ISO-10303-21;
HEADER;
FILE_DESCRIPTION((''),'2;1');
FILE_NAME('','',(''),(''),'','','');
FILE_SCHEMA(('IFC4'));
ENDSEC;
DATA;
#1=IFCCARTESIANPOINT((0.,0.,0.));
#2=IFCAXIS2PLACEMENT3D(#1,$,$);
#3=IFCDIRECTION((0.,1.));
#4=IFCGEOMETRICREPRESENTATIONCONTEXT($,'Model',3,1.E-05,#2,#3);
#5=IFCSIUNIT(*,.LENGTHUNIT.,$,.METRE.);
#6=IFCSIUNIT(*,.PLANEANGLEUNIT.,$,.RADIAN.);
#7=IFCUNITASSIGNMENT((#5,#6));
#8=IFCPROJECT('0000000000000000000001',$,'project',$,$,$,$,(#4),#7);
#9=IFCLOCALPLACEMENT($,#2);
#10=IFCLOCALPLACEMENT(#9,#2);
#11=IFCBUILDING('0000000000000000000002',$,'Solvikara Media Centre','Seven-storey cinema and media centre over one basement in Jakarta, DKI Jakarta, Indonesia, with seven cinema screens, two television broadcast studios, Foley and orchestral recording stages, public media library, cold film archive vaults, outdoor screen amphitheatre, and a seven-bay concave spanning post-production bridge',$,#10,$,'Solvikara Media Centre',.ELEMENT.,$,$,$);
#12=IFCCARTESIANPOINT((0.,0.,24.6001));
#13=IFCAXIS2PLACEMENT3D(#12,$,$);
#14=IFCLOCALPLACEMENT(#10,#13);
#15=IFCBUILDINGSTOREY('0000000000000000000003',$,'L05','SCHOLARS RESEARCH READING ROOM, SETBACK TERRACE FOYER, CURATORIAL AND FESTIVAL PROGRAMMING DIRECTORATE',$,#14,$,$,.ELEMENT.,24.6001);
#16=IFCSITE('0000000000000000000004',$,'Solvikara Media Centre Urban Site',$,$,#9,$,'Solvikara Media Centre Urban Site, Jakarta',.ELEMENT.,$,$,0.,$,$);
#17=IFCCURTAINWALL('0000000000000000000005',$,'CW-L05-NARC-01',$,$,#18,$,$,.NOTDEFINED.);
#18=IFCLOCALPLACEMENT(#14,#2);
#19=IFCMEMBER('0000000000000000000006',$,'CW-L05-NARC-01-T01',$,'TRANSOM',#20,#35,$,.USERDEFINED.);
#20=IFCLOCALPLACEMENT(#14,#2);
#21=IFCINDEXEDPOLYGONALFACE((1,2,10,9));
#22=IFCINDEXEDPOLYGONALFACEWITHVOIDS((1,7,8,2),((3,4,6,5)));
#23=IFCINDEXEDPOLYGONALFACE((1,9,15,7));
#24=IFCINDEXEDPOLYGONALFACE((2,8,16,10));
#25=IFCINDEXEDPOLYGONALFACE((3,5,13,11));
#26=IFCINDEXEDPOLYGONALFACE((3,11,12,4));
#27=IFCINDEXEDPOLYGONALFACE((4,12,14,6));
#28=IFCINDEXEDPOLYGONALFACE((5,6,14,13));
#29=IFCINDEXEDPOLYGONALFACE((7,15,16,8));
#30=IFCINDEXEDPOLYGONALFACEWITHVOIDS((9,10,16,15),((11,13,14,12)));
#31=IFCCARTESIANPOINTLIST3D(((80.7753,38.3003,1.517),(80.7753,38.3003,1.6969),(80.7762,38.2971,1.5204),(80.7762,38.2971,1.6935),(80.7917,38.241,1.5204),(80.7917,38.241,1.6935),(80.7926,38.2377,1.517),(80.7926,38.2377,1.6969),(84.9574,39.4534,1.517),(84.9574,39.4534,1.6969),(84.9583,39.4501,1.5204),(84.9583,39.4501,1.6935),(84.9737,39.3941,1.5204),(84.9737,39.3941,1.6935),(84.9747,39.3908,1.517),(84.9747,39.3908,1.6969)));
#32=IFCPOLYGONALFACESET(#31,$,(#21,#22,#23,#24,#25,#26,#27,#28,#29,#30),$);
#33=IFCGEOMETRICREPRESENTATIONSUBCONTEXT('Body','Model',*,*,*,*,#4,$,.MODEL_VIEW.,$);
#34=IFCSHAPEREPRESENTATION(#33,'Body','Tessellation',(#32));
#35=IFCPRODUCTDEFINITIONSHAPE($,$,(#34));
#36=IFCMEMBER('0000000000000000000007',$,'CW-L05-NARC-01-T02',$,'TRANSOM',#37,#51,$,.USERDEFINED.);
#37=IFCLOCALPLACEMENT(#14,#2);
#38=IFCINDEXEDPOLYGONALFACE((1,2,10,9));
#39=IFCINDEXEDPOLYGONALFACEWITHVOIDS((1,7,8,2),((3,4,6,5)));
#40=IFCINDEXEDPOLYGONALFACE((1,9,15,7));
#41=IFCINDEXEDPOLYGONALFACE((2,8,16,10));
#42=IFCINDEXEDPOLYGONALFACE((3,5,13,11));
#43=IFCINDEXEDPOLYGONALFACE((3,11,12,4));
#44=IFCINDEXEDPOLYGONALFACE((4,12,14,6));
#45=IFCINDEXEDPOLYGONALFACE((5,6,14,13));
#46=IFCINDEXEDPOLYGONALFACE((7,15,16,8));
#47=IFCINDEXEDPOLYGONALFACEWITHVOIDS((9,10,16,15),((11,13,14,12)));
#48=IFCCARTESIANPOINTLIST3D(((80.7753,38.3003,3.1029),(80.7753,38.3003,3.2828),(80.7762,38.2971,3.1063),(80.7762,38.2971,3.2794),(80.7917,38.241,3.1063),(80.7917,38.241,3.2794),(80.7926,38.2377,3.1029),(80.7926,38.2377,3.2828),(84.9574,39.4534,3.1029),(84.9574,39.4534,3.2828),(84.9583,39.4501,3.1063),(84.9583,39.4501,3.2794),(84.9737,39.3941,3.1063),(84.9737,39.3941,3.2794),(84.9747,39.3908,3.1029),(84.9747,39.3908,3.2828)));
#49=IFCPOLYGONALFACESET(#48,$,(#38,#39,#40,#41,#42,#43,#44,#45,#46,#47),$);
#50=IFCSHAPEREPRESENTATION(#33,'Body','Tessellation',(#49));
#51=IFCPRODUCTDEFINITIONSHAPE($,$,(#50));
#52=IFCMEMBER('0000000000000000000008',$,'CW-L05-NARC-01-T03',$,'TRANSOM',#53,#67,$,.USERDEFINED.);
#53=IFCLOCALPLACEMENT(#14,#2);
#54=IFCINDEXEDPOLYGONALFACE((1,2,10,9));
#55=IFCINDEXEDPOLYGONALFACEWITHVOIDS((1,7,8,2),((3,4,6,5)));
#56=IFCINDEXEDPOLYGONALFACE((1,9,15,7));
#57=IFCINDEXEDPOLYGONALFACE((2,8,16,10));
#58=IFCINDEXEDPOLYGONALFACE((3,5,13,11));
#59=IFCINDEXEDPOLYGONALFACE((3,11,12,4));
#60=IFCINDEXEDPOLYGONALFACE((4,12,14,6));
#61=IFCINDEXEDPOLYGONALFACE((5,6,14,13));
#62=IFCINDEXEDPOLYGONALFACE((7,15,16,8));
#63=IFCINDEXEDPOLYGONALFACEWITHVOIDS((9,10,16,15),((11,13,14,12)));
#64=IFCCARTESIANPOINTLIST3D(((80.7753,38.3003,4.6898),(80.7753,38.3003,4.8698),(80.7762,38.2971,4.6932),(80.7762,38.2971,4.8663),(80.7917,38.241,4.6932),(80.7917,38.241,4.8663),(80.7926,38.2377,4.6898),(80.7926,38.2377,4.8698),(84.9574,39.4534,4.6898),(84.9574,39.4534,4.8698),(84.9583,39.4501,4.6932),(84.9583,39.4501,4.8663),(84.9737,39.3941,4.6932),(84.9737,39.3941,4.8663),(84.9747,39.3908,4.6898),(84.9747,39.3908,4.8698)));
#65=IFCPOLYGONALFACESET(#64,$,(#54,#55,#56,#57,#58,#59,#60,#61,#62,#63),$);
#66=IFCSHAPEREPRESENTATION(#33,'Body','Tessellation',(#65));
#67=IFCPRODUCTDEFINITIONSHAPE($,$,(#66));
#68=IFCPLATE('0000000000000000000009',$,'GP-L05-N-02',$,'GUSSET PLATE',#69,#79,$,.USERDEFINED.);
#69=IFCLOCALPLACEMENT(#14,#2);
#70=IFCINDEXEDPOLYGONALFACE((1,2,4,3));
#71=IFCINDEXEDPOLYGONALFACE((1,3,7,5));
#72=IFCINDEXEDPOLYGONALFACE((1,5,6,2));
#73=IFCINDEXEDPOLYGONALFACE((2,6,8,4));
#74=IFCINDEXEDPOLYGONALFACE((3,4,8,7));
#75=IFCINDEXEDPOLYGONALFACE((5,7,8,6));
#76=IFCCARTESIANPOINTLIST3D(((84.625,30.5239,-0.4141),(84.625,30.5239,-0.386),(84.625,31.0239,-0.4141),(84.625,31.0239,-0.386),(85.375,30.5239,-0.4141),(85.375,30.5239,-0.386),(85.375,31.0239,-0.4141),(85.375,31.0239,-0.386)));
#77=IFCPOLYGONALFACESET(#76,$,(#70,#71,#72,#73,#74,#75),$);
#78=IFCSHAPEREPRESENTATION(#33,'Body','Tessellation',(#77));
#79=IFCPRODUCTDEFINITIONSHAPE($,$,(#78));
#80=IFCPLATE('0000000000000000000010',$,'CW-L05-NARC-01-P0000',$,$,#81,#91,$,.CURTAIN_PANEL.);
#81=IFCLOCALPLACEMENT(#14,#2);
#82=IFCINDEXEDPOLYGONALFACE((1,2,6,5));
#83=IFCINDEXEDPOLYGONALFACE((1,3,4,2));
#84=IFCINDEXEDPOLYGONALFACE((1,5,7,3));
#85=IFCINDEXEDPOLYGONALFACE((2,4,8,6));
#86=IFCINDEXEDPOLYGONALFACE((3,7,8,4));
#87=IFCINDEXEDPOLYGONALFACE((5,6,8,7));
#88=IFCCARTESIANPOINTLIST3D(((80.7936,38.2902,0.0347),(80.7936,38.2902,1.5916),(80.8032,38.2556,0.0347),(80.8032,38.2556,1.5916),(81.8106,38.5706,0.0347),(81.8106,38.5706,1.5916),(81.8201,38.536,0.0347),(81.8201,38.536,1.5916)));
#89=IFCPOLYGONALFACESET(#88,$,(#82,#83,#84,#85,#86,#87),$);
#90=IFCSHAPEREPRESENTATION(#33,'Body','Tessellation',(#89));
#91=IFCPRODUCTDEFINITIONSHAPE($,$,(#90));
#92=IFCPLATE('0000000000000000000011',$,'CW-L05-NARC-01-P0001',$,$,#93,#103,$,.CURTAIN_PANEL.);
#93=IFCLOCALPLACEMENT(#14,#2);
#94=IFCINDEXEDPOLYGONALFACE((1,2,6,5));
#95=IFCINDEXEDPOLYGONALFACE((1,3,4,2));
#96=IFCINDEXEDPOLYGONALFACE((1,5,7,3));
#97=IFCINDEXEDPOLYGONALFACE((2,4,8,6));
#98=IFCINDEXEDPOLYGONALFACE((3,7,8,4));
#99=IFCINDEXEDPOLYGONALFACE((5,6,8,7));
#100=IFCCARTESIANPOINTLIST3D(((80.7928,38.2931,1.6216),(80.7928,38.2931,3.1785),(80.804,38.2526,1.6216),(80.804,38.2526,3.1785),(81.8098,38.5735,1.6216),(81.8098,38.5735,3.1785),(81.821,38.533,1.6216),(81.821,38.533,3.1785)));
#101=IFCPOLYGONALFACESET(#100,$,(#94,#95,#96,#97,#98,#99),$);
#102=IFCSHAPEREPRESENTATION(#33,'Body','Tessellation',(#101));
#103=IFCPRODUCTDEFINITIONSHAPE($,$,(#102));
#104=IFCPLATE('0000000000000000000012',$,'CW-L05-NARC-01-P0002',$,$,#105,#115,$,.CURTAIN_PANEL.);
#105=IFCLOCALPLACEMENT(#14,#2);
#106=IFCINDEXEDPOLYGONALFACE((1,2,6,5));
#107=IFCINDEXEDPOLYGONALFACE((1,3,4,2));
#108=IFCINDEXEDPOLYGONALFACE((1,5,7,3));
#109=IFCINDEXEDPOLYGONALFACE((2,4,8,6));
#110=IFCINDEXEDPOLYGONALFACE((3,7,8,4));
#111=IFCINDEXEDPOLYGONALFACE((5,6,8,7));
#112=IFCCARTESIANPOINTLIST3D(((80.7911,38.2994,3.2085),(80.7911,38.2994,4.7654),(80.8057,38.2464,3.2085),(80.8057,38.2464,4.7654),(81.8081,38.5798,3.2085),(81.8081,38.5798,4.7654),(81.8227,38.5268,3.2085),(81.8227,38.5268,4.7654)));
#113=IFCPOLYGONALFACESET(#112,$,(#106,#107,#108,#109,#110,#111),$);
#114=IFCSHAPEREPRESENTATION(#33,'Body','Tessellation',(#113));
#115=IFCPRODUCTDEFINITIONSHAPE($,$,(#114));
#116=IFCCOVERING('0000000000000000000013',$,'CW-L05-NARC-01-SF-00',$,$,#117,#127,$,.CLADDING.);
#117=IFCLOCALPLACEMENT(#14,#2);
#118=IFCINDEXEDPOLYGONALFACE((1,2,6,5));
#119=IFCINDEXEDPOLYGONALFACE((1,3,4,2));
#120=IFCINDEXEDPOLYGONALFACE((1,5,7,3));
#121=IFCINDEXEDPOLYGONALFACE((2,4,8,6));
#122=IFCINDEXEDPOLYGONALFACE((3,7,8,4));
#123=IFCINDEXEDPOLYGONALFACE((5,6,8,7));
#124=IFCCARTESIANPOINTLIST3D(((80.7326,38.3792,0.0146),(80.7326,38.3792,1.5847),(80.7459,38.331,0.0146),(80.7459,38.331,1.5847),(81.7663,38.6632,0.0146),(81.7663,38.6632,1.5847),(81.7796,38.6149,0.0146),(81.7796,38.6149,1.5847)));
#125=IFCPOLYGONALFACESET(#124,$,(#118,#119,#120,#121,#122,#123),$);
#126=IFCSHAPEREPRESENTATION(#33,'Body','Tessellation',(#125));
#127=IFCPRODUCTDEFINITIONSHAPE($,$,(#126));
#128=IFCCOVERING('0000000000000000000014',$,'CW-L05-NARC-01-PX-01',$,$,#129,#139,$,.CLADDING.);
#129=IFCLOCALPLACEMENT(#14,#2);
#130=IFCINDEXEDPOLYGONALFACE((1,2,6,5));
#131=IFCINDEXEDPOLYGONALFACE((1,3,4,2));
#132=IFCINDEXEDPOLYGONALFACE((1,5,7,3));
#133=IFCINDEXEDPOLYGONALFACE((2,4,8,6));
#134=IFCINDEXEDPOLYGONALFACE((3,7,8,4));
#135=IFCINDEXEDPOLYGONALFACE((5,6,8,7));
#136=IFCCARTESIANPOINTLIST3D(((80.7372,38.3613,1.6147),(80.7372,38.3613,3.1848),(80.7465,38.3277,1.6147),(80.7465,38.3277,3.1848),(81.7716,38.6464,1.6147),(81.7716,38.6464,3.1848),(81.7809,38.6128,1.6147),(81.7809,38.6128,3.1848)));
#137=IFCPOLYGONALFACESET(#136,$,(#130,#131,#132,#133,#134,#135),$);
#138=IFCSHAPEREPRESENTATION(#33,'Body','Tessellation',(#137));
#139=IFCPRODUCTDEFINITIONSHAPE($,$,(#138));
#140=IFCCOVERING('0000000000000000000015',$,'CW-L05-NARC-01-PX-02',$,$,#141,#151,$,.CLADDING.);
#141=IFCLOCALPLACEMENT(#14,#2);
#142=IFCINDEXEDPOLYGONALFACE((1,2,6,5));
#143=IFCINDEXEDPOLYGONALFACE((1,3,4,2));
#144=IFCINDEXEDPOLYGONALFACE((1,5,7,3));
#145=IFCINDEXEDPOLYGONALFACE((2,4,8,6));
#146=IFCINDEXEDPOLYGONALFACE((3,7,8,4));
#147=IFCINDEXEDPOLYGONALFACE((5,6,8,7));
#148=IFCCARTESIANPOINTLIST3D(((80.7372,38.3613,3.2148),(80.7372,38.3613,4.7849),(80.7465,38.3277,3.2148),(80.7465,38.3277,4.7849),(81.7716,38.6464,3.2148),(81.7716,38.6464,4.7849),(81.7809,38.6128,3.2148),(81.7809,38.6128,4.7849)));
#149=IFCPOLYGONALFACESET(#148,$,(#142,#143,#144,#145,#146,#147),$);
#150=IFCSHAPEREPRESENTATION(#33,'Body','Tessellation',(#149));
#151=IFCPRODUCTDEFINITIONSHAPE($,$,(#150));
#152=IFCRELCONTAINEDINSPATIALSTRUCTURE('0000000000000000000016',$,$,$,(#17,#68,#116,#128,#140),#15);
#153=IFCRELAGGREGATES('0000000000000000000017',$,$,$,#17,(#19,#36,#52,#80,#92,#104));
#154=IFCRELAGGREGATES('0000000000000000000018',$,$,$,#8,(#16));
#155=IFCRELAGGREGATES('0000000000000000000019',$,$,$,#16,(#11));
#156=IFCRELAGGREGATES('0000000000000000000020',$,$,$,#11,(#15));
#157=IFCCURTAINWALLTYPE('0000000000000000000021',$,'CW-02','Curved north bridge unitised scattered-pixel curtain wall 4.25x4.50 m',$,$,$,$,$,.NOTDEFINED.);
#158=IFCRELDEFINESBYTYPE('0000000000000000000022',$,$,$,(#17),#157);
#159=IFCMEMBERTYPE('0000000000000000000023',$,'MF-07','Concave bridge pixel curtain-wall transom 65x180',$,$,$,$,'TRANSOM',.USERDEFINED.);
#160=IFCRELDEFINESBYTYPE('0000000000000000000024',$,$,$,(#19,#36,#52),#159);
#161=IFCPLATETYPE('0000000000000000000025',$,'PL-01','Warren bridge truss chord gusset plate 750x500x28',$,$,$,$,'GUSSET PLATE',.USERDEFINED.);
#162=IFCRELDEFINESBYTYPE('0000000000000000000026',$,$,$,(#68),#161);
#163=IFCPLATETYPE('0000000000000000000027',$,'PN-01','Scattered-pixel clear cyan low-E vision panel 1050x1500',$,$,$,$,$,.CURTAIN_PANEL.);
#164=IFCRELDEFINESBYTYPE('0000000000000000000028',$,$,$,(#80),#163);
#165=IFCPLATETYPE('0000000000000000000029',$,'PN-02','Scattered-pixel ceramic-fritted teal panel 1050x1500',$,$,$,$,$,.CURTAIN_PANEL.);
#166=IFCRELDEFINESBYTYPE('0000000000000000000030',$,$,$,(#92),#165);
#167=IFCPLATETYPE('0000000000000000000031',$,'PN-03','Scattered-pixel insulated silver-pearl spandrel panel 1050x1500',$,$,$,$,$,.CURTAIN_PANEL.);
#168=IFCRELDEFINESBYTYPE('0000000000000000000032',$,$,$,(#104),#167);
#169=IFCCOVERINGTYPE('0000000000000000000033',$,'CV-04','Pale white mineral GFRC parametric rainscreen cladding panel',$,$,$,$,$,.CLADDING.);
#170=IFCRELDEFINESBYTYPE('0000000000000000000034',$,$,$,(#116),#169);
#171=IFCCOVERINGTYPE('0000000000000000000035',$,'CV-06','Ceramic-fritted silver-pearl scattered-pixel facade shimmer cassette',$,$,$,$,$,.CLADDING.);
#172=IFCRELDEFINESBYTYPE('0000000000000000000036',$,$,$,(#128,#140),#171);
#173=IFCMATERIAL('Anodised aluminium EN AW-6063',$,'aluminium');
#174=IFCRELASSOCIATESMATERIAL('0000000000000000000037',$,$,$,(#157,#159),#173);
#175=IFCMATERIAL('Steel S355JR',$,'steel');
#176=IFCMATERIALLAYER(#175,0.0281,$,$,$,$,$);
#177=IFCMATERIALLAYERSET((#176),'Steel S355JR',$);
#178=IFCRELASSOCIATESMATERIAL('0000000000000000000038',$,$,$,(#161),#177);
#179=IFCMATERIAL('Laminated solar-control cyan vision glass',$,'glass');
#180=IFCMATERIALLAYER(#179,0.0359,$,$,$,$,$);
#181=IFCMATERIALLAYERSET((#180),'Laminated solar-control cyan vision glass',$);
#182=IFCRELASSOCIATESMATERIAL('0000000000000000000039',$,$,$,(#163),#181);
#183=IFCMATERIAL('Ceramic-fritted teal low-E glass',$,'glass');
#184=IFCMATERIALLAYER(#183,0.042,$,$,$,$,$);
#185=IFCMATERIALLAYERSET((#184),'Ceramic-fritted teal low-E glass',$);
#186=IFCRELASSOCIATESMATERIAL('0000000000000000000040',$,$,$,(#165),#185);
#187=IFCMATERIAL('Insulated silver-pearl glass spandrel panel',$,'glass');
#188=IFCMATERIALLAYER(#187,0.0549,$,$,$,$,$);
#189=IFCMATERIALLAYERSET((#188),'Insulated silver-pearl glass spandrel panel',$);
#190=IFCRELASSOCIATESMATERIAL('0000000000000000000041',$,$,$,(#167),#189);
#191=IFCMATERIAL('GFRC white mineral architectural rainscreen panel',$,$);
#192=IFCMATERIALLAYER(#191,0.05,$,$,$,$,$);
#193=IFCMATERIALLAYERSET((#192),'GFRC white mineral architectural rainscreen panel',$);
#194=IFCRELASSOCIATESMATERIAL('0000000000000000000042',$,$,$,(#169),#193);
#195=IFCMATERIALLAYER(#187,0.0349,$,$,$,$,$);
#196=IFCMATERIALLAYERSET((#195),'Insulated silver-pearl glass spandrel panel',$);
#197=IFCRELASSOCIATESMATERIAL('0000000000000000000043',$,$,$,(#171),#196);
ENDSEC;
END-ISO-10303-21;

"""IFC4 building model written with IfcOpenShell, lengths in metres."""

from ifc_helpers import new_model, si_unit, direction, frame, origin, origin_2d, place, context, subcontext, project, spatial, rectangle, hollow_rectangle, extrude, material, layer, layer_set, material_profile, profile_set, type_object, element, aggregate, save


model = new_model("IFC4")

# Units and contexts
model_context = context("Model", 3, precision=1e-05, world=origin(), true_north=direction((0.0, 1.0)))
body_context = subcontext(model_context, "Body", "Model", "MODEL_VIEW")
ifc_project = project(units=[si_unit("LENGTHUNIT", "METRE"), si_unit("PLANEANGLEUNIT", "RADIAN")], contexts=[model_context])

# Site, building, storey
site_placement = place(None, origin())
site = spatial("IfcSite", under=ifc_project, at=site_placement, Name="Solvikara Media Centre Urban Site", LongName="Solvikara Media Centre Urban Site, Jakarta", CompositionType="ELEMENT", RefElevation=0.0)
building_placement = place(site_placement, origin())
building = spatial("IfcBuilding", under=site, at=building_placement, Name="Solvikara Media Centre", Description="Seven-storey cinema and media centre over one basement in Jakarta, DKI Jakarta, Indonesia, with seven cinema screens, two television broadcast studios, Foley and orchestral recording stages, public media library, cold film archive vaults, outdoor screen amphitheatre, and a seven-bay concave spanning post-production bridge", LongName="Solvikara Media Centre", CompositionType="ELEMENT")
storey_placement = place(building_placement, frame((0.0, 0.0, 24.6001)))
storey = spatial("IfcBuildingStorey", under=building, at=storey_placement, Name="L05", Description="SCHOLARS RESEARCH READING ROOM, SETBACK TERRACE FOYER, CURATORIAL AND FESTIVAL PROGRAMMING DIRECTORATE", CompositionType="ELEMENT", Elevation=24.6001)

# Shared definitions
ifc_material_1 = material(Name="Steel S355JR", Category="steel")

# Curtain wall, members
ifc_material_2 = material(Name="Anodised aluminium EN AW-6063", Category="aluminium")
curtain_wall_type = type_object("IfcCurtainWallType", Name="CW-02", Description="Curved north bridge unitised scattered-pixel curtain wall 4.25x4.50 m", PredefinedType="NOTDEFINED", material=ifc_material_2)
curtain_wall_placement = place(storey_placement, origin())
curtain_wall = element("IfcCurtainWall", 1, at=curtain_wall_placement, inside=storey, type_object=curtain_wall_type, Name="CW-L05-NARC-01", PredefinedType="NOTDEFINED")
ifc_material_profile_1 = material_profile(ifc_material_2, hollow_rectangle(XDim=0.0649, YDim=0.1799, WallThickness=0.0034, at=origin_2d()), Name="ALU-T 65x180x3.5")
ifc_profile_set_1 = profile_set([ifc_material_profile_1], Name="Anodised aluminium EN AW-6063")
member_type_1 = type_object("IfcMemberType", Name="MF-07", Description="Concave bridge pixel curtain-wall transom 65x180", ElementType="TRANSOM", PredefinedType="USERDEFINED", material=ifc_profile_set_1)
member_1_placement = place(storey_placement, frame((80.7839, 38.269, 1.6069), z_axis=(0.964029, 0.265797, 0.0), x_axis=(-0.265797, 0.964029, 0.0)))
member_1 = element("IfcMember", 2, at=member_1_placement, type_object=member_type_1, Name="CW-L05-NARC-01-T01", ObjectType="TRANSOM", PredefinedType="USERDEFINED", context=body_context, shape_type="SweptSolid", body=[
    extrude(hollow_rectangle(XDim=0.0649, YDim=0.1799, WallThickness=0.0034, at=origin_2d()), origin(), (0.0, 0.0, 1.0), 4.3381),
])
member_2_placement = place(storey_placement, frame((80.7839, 38.269, 3.1929), z_axis=(0.964029, 0.265797, 0.0), x_axis=(-0.265797, 0.964029, 0.0)))
member_2 = element("IfcMember", 3, at=member_2_placement, type_object=member_type_1, Name="CW-L05-NARC-01-T02", ObjectType="TRANSOM", PredefinedType="USERDEFINED", context=body_context, shape_type="SweptSolid", body=[
    extrude(hollow_rectangle(XDim=0.0649, YDim=0.1799, WallThickness=0.0034, at=origin_2d()), origin(), (0.0, 0.0, 1.0), 4.3381),
])
member_3_placement = place(storey_placement, frame((80.7839, 38.269, 4.7798), z_axis=(0.964029, 0.265797, 0.0), x_axis=(-0.265797, 0.964029, 0.0)))
member_3 = element("IfcMember", 4, at=member_3_placement, type_object=member_type_1, Name="CW-L05-NARC-01-T03", ObjectType="TRANSOM", PredefinedType="USERDEFINED", context=body_context, shape_type="SweptSolid", body=[
    extrude(hollow_rectangle(XDim=0.0649, YDim=0.1799, WallThickness=0.0034, at=origin_2d()), origin(), (0.0, 0.0, 1.0), 4.3381),
])

# Plates
ifc_layer_1 = layer(ifc_material_1, 0.0281)
ifc_layer_set_1 = layer_set([ifc_layer_1], Name="Steel S355JR")
plate_type_1 = type_object("IfcPlateType", Name="PL-01", Description="Warren bridge truss chord gusset plate 750x500x28", ElementType="GUSSET PLATE", PredefinedType="USERDEFINED", material=ifc_layer_set_1)
plate_1_placement = place(storey_placement, frame((85.0, 30.7739, -0.4141), z_axis=(0.0, 0.0, 1.0), x_axis=(1.0, 0.0, 0.0)))
element("IfcPlate", 5, at=plate_1_placement, inside=storey, type_object=plate_type_1, Name="GP-L05-N-02", ObjectType="GUSSET PLATE", PredefinedType="USERDEFINED", context=body_context, shape_type="SweptSolid", body=[
    extrude(rectangle(XDim=0.75, YDim=0.5, at=origin_2d()), origin(), (0.0, 0.0, 1.0), 0.0281),
])
ifc_material_3 = material(Name="Laminated solar-control cyan vision glass", Category="glass")
ifc_layer_2 = layer(ifc_material_3, 0.0359)
ifc_layer_set_2 = layer_set([ifc_layer_2], Name="Laminated solar-control cyan vision glass")
plate_type_2 = type_object("IfcPlateType", Name="PN-01", Description="Scattered-pixel clear cyan low-E vision panel 1050x1500", PredefinedType="CURTAIN_PANEL", material=ifc_layer_set_2)
plate_2_placement = place(storey_placement, frame((81.3069, 38.4131, 0.0347), z_axis=(0.0, 0.0, 1.0), x_axis=(0.96403, 0.265792, 0.0)))
plate_2 = element("IfcPlate", 6, at=plate_2_placement, type_object=plate_type_2, Name="CW-L05-NARC-01-P0000", PredefinedType="CURTAIN_PANEL", context=body_context, shape_type="SweptSolid", body=[
    extrude(rectangle(XDim=1.0549, YDim=0.0359, at=origin_2d()), origin(), (0.0, 0.0, 1.0), 1.5569),
])
ifc_material_4 = material(Name="Ceramic-fritted teal low-E glass", Category="glass")
ifc_layer_3 = layer(ifc_material_4, 0.042)
ifc_layer_set_3 = layer_set([ifc_layer_3], Name="Ceramic-fritted teal low-E glass")
plate_type_3 = type_object("IfcPlateType", Name="PN-02", Description="Scattered-pixel ceramic-fritted teal panel 1050x1500", PredefinedType="CURTAIN_PANEL", material=ifc_layer_set_3)
plate_3_placement = place(storey_placement, frame((81.3069, 38.4131, 1.6216), z_axis=(0.0, 0.0, 1.0), x_axis=(0.96403, 0.265792, 0.0)))
plate_3 = element("IfcPlate", 7, at=plate_3_placement, type_object=plate_type_3, Name="CW-L05-NARC-01-P0001", PredefinedType="CURTAIN_PANEL", context=body_context, shape_type="SweptSolid", body=[
    extrude(rectangle(XDim=1.0549, YDim=0.042, at=origin_2d()), origin(), (0.0, 0.0, 1.0), 1.5569),
])
ifc_material_5 = material(Name="Insulated silver-pearl glass spandrel panel", Category="glass")
ifc_layer_4 = layer(ifc_material_5, 0.0549)
ifc_layer_set_4 = layer_set([ifc_layer_4], Name="Insulated silver-pearl glass spandrel panel")
plate_type_4 = type_object("IfcPlateType", Name="PN-03", Description="Scattered-pixel insulated silver-pearl spandrel panel 1050x1500", PredefinedType="CURTAIN_PANEL", material=ifc_layer_set_4)
plate_4_placement = place(storey_placement, frame((81.3069, 38.4131, 3.2085), z_axis=(0.0, 0.0, 1.0), x_axis=(0.96403, 0.265792, 0.0)))
plate_4 = element("IfcPlate", 8, at=plate_4_placement, type_object=plate_type_4, Name="CW-L05-NARC-01-P0002", PredefinedType="CURTAIN_PANEL", context=body_context, shape_type="SweptSolid", body=[
    extrude(rectangle(XDim=1.0549, YDim=0.0549, at=origin_2d()), origin(), (0.0, 0.0, 1.0), 1.5569),
])
aggregate(curtain_wall, [member_1, member_2, member_3, plate_2, plate_3, plate_4])

# Coverings
ifc_material_6 = material(Name="GFRC white mineral architectural rainscreen panel")
ifc_layer_5 = layer(ifc_material_6, 0.05)
ifc_layer_set_5 = layer_set([ifc_layer_5], Name="GFRC white mineral architectural rainscreen panel")
covering_type_1 = type_object("IfcCoveringType", Name="CV-04", Description="Pale white mineral GFRC parametric rainscreen cladding panel", PredefinedType="CLADDING", material=ifc_layer_set_5)
covering_placement = place(storey_placement, frame((81.2561, 38.4971, 0.0146), z_axis=(0.0, 0.0, 1.0), x_axis=(0.96429, 0.264849, 0.0)))
element("IfcCovering", 9, at=covering_placement, inside=storey, type_object=covering_type_1, Name="CW-L05-NARC-01-SF-00", PredefinedType="CLADDING", context=body_context, shape_type="SweptSolid", body=[
    extrude(rectangle(XDim=1.072, YDim=0.05, at=origin_2d()), origin(), (0.0, 0.0, 1.0), 1.5701),
])
ifc_layer_6 = layer(ifc_material_5, 0.0349)
ifc_layer_set_6 = layer_set([ifc_layer_6], Name="Insulated silver-pearl glass spandrel panel")
covering_type_2 = type_object("IfcCoveringType", Name="CV-06", Description="Ceramic-fritted silver-pearl scattered-pixel facade shimmer cassette", PredefinedType="CLADDING", material=ifc_layer_set_6)
for number, where, z_axis, x_axis, name in (
    (10, (81.259, 38.4871, 1.6147), (0.0, 0.0, 1.0), (0.964049, 0.265724, 0.0), "CW-L05-NARC-01-PX-01"),
    (11, (81.259, 38.4871, 3.2148), (0.0, 0.0, 1.0), (0.964049, 0.265724, 0.0), "CW-L05-NARC-01-PX-02"),
):
    element("IfcCovering", number, at=place(storey_placement, frame(where, z_axis=z_axis, x_axis=x_axis)), inside=storey, type_object=covering_type_2, Name=name, PredefinedType="CLADDING", context=body_context, shape_type="SweptSolid", body=[
        extrude(rectangle(XDim=1.073, YDim=0.0349, at=origin_2d()), origin(), (0.0, 0.0, 1.0), 1.5701),
    ])

save(model, "model.ifc")
